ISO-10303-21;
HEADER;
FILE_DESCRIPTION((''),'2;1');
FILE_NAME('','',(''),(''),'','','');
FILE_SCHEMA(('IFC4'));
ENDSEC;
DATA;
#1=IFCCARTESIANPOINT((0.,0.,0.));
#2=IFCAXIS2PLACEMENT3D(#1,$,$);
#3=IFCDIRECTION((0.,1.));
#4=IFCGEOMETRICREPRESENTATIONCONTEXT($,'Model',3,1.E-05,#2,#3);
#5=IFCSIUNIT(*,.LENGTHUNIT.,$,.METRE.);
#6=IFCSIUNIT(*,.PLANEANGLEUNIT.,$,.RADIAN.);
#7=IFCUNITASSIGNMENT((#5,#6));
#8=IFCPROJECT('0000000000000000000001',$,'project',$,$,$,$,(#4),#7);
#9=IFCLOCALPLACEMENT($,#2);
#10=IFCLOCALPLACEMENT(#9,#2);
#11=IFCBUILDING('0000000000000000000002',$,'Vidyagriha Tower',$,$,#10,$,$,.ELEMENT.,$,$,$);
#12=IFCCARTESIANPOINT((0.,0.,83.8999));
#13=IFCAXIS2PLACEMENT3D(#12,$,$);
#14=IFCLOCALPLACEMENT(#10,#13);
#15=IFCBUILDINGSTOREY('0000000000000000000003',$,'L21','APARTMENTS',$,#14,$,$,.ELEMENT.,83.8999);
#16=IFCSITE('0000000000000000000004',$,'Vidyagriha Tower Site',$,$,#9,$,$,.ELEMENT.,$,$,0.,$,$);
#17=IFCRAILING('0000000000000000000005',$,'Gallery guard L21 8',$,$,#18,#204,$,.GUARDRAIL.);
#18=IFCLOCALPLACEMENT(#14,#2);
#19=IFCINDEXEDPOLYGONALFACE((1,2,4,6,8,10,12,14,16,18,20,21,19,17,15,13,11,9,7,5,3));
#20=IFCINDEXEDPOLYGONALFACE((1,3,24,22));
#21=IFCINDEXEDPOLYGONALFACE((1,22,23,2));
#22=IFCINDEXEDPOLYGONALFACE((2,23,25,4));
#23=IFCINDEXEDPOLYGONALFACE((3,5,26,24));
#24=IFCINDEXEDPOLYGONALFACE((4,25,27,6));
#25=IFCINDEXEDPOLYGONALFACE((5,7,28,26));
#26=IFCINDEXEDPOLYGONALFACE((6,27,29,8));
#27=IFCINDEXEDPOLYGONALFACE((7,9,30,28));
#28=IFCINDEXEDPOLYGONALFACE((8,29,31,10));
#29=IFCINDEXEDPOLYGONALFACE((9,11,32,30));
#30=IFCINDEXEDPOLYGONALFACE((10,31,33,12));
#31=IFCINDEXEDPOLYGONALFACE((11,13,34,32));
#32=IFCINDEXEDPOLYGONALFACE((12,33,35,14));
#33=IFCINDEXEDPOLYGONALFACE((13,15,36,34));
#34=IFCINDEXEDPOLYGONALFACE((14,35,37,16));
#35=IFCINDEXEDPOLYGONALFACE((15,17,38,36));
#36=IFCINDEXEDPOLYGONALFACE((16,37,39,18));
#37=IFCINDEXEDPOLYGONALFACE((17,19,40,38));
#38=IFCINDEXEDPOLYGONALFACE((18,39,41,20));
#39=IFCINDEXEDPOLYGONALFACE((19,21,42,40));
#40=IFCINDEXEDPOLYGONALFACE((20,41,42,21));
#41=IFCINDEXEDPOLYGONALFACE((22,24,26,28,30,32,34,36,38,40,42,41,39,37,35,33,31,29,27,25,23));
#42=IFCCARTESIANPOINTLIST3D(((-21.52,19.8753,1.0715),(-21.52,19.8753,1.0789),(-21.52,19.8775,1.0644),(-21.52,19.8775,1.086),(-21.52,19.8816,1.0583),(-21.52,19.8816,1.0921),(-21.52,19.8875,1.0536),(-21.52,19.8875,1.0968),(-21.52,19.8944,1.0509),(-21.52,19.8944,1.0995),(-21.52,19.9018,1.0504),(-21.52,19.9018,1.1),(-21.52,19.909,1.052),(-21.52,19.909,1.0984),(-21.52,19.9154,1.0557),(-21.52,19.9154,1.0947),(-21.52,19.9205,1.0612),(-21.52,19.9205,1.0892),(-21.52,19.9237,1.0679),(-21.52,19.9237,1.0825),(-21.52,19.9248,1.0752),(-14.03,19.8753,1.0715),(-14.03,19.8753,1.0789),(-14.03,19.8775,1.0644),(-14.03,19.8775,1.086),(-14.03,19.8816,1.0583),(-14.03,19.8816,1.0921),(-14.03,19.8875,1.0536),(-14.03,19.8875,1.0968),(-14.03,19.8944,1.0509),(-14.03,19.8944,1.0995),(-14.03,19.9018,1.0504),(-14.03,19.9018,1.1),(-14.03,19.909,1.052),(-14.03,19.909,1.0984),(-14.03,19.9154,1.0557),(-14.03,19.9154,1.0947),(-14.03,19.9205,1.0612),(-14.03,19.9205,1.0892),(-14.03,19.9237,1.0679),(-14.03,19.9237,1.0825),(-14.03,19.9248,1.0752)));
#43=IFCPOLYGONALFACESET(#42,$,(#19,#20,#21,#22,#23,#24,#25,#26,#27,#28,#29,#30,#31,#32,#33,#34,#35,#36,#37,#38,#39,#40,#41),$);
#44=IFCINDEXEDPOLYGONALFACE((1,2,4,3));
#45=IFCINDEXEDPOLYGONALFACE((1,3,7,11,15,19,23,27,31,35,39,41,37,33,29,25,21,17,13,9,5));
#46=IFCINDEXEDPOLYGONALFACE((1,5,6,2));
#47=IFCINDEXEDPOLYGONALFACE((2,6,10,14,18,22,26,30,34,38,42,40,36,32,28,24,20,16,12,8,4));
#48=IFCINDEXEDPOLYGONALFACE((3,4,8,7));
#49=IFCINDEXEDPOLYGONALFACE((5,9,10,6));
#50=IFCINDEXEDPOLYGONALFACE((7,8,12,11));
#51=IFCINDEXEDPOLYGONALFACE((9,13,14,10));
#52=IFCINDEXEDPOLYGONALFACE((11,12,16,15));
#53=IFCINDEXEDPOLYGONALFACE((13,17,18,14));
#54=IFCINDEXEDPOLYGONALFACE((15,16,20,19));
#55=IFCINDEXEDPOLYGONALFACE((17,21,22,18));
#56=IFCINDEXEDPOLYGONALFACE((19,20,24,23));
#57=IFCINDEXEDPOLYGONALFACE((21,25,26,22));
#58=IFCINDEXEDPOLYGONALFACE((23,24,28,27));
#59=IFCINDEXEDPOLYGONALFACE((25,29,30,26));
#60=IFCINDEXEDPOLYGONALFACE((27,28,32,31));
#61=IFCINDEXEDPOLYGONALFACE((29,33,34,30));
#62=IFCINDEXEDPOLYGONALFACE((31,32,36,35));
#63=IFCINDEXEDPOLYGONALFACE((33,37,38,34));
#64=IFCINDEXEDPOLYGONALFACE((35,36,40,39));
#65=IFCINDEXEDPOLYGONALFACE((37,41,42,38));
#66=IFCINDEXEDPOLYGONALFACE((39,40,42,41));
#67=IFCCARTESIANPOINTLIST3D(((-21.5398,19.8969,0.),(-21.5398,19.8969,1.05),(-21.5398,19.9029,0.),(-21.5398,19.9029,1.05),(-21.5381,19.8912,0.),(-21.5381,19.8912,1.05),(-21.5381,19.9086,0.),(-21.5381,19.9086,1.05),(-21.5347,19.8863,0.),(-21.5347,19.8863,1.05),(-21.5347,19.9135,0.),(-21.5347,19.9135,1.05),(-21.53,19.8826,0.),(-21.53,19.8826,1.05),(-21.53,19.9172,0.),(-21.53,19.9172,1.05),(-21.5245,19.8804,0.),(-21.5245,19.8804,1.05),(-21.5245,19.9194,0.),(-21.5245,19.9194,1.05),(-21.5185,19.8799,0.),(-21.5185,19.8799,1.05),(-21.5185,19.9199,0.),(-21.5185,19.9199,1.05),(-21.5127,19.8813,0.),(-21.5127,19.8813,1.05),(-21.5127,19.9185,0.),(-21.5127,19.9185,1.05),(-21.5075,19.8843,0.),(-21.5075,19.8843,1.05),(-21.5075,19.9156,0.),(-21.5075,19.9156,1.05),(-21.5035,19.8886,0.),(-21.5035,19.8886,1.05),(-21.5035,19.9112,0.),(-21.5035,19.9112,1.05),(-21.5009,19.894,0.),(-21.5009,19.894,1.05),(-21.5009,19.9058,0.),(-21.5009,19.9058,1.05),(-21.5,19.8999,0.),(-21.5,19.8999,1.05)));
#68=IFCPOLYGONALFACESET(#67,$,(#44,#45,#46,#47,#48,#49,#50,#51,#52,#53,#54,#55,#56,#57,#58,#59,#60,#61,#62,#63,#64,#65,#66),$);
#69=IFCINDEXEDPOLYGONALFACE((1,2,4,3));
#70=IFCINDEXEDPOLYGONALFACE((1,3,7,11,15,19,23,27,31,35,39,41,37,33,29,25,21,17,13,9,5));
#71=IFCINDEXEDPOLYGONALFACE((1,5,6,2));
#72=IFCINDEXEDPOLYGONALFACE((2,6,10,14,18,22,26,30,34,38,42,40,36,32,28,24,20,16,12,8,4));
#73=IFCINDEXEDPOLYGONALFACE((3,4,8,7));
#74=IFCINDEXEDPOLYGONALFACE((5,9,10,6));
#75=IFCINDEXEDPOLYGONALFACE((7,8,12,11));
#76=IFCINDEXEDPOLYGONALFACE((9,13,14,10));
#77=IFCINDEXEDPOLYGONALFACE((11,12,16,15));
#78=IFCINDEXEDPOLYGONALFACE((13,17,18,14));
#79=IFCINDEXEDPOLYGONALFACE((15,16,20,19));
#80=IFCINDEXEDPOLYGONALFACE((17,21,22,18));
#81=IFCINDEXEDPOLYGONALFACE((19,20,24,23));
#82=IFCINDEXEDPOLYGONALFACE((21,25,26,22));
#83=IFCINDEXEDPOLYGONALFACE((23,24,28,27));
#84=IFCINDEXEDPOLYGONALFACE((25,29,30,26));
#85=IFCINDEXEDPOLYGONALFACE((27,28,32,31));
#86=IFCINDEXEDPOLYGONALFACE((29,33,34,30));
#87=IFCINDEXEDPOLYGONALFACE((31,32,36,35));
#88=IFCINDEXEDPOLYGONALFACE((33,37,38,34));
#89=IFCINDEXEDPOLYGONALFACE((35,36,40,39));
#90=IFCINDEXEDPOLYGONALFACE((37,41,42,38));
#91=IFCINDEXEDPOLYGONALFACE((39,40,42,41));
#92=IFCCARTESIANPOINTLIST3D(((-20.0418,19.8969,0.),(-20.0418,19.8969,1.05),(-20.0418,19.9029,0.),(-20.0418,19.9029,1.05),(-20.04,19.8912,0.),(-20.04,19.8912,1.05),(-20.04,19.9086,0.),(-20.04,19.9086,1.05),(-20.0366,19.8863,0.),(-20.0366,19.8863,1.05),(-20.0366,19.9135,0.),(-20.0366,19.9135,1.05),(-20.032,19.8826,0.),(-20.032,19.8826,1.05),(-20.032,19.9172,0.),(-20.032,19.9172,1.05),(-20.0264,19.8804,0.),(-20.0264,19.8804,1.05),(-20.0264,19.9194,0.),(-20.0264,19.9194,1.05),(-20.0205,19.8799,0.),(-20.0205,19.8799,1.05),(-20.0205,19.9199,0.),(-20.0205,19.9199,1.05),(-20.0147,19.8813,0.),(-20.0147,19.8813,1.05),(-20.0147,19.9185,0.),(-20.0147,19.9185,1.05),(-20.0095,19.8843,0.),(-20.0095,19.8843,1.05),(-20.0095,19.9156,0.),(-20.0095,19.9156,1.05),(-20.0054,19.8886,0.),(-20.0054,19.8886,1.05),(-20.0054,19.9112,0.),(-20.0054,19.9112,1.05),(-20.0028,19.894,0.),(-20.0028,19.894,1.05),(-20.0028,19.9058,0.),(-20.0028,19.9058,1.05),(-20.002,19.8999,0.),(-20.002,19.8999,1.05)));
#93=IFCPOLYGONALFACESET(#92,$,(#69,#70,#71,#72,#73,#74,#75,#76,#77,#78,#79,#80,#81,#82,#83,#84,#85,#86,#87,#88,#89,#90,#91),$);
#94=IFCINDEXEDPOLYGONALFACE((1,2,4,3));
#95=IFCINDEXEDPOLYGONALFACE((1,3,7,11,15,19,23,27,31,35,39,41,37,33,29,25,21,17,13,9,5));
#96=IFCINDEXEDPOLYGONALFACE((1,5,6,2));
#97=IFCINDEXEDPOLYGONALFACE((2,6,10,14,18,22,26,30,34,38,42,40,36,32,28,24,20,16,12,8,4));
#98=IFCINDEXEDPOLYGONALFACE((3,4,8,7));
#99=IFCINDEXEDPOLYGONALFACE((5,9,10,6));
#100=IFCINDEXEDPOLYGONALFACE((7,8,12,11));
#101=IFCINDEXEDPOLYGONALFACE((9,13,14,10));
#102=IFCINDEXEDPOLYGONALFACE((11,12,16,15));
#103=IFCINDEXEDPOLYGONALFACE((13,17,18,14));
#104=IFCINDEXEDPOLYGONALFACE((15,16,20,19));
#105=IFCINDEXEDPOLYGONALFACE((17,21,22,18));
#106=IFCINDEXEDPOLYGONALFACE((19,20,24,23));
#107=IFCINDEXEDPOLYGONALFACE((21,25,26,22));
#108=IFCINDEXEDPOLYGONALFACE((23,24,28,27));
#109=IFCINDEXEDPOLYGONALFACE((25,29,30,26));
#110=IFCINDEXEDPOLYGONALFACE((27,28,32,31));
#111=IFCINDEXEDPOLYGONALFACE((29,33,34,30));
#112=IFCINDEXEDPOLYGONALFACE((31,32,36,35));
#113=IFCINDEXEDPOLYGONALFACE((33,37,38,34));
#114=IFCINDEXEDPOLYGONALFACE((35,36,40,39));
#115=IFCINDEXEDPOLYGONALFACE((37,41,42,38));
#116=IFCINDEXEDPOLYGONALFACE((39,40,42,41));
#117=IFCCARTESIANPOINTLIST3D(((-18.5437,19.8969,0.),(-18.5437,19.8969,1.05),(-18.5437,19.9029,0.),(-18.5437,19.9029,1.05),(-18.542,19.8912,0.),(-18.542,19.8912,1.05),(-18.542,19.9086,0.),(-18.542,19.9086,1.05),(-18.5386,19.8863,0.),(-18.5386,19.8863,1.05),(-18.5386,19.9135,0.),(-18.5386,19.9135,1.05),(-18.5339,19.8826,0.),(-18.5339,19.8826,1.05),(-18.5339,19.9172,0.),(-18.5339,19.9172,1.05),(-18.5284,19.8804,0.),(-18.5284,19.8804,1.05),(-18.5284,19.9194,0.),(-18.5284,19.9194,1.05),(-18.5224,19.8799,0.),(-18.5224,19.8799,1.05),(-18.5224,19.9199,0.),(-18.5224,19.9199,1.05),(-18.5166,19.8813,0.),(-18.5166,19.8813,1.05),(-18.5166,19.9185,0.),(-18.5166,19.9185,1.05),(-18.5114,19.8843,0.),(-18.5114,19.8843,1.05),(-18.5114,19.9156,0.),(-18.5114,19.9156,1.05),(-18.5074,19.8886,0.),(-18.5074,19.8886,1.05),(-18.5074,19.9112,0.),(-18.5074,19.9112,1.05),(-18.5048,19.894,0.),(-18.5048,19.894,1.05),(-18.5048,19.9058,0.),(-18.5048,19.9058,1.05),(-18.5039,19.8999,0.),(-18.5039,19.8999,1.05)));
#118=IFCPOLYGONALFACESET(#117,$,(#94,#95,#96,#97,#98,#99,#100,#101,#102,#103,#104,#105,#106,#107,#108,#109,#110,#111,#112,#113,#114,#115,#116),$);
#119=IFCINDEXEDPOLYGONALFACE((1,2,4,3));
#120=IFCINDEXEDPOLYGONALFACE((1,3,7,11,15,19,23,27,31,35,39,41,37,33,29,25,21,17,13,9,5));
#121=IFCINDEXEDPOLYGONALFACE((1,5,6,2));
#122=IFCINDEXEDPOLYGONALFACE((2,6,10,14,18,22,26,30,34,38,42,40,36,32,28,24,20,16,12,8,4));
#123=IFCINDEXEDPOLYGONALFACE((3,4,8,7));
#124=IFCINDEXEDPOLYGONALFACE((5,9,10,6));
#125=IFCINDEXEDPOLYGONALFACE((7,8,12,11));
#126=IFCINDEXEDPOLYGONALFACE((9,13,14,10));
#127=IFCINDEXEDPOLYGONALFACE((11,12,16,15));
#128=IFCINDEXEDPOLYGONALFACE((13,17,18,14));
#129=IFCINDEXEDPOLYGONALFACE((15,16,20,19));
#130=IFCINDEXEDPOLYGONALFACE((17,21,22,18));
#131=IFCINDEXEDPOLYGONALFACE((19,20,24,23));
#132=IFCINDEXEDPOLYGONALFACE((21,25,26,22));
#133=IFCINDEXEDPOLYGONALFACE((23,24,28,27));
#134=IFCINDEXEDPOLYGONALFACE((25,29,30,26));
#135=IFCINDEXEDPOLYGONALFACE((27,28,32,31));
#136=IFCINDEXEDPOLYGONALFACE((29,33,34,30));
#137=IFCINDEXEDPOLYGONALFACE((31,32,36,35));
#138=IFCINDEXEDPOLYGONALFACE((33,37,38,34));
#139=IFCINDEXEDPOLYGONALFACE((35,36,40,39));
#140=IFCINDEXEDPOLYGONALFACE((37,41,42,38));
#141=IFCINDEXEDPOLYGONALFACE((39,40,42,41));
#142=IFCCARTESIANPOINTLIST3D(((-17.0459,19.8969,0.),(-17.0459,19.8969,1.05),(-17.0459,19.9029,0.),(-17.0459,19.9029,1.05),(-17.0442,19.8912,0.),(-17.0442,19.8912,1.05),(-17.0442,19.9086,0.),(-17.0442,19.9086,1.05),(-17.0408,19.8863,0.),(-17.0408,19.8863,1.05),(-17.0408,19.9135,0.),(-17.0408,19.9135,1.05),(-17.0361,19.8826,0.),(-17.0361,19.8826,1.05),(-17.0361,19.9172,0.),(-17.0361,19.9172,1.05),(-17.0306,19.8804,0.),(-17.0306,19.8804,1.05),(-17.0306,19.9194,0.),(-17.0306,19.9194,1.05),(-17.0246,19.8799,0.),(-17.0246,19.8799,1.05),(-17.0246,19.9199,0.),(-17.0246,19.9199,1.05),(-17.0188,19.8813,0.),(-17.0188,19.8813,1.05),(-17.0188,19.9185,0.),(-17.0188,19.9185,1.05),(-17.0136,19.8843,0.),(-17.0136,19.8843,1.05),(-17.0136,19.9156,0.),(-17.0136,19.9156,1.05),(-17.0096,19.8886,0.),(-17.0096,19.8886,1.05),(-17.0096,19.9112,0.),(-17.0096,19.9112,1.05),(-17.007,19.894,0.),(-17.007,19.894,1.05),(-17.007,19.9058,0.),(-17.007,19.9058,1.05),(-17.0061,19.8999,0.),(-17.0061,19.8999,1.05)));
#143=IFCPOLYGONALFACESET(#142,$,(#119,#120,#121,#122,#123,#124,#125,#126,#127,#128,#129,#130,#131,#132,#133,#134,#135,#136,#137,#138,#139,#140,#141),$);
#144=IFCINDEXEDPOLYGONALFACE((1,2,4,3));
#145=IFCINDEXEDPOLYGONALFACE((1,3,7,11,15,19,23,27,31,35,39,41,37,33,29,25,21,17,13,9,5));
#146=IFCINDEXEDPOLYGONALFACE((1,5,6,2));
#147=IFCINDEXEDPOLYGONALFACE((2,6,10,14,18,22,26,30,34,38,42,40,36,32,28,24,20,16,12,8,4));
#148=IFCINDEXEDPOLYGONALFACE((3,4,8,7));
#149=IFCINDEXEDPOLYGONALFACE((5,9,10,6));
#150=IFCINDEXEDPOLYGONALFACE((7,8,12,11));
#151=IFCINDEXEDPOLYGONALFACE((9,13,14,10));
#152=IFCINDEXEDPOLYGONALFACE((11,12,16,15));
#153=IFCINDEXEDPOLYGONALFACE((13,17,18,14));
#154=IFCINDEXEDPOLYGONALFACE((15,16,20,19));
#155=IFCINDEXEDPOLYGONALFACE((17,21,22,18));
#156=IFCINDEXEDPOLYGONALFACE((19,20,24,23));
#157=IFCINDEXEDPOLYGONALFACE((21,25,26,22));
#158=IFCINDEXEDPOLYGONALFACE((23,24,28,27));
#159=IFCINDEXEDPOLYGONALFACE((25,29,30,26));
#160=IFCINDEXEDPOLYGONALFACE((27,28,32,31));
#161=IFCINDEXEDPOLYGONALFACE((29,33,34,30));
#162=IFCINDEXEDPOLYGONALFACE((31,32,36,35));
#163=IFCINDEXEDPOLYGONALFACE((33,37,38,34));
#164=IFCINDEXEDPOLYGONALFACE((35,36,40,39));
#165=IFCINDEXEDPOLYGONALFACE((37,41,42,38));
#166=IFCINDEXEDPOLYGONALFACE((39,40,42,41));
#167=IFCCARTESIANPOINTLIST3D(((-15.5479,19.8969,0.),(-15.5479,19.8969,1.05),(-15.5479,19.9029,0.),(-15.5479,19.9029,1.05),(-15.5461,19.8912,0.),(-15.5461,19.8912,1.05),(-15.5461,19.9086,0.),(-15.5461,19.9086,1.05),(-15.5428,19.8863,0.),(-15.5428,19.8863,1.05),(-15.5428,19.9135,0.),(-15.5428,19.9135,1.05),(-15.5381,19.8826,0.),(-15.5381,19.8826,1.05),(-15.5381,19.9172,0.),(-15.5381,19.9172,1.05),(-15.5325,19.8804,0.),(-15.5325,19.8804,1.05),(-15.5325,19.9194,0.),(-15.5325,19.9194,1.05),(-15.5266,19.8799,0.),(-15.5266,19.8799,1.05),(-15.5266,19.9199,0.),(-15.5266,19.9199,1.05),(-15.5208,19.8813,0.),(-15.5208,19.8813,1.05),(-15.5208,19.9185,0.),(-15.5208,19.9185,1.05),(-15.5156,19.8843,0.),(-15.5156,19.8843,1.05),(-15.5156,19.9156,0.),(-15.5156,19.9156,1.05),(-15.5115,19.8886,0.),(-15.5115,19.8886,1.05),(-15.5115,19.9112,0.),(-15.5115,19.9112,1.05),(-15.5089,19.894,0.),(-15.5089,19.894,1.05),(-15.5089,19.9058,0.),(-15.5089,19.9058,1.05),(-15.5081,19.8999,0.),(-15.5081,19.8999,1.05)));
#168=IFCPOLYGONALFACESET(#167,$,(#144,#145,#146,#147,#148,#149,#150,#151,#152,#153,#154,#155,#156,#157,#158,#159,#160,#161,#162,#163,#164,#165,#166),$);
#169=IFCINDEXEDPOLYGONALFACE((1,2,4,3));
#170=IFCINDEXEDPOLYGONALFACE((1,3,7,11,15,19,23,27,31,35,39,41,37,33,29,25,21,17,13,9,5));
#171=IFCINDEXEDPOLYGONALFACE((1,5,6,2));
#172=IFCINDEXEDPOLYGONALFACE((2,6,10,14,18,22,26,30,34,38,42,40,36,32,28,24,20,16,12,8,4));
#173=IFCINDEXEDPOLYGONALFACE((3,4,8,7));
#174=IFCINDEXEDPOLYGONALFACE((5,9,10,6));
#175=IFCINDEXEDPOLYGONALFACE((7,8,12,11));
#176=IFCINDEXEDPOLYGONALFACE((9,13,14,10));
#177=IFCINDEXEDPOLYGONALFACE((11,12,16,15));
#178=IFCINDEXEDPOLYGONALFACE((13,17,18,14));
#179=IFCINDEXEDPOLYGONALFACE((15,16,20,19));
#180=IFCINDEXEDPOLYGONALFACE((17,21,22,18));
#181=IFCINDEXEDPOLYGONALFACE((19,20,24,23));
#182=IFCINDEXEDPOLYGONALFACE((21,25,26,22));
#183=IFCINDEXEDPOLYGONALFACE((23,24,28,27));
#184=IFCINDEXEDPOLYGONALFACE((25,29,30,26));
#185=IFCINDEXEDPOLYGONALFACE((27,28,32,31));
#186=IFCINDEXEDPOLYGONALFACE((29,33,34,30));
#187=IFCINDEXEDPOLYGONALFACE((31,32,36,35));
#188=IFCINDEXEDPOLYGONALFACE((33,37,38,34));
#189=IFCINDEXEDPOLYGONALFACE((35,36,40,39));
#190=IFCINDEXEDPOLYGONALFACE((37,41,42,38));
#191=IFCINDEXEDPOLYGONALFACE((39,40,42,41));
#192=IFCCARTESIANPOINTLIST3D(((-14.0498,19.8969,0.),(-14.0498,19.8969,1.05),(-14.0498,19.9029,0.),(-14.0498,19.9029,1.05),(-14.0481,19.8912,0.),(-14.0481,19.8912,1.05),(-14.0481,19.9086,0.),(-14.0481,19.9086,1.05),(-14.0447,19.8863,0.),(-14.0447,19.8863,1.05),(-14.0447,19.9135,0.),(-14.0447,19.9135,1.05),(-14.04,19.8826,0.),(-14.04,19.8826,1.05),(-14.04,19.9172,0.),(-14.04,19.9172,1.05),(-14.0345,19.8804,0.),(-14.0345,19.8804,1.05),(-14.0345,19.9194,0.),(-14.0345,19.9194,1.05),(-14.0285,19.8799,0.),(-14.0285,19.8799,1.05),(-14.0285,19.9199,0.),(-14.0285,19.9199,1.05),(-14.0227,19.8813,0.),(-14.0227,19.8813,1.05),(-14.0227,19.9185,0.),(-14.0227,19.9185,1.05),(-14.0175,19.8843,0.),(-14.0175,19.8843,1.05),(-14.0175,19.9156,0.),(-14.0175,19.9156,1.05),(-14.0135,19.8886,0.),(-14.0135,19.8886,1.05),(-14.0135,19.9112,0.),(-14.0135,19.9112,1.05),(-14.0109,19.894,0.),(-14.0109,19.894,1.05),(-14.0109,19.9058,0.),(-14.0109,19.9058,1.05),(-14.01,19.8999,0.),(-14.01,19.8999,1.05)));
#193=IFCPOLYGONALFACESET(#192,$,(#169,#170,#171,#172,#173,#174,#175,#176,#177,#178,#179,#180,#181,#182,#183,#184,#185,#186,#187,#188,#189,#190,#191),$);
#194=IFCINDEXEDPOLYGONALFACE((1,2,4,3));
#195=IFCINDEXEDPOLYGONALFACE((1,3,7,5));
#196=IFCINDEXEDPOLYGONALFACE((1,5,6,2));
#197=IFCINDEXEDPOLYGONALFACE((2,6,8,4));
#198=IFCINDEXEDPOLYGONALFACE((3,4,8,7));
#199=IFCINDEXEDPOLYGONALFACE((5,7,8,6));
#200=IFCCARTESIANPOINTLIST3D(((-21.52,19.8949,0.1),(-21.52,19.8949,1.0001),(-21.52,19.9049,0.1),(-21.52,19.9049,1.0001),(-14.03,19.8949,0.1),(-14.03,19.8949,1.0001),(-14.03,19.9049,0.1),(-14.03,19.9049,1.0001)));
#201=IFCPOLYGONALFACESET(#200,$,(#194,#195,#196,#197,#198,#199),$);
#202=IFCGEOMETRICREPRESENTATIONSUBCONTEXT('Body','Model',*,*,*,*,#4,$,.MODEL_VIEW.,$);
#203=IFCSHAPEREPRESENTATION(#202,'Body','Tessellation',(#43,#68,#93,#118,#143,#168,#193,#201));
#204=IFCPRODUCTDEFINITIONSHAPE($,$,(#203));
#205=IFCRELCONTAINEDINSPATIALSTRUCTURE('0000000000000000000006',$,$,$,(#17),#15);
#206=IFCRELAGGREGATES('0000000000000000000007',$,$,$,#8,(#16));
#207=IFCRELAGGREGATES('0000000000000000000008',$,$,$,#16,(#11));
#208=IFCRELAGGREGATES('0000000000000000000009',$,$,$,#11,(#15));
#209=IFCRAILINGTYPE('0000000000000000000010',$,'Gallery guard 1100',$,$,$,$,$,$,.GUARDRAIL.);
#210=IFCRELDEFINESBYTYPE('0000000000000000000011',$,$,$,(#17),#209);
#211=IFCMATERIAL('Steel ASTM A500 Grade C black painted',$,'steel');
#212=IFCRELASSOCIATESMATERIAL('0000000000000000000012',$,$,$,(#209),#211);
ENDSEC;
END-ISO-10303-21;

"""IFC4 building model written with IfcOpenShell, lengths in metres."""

from ifc_helpers import new_model, si_unit, direction, frame, origin, origin_2d, place, context, subcontext, project, spatial, rectangle, circle, extrude, material, type_object, element, save


model = new_model("IFC4")

# Units and contexts
model_context = context("Model", 3, precision=1e-05, world=origin(), true_north=direction((0.0, 1.0)))
body_context = subcontext(model_context, "Body", "Model", "MODEL_VIEW")
ifc_project = project(units=[si_unit("LENGTHUNIT", "METRE"), si_unit("PLANEANGLEUNIT", "RADIAN")], contexts=[model_context])

# Site, building, storey
site_placement = place(None, origin())
site = spatial("IfcSite", under=ifc_project, at=site_placement, Name="Vidyagriha Tower Site", CompositionType="ELEMENT", RefElevation=0.0)
building_placement = place(site_placement, origin())
building = spatial("IfcBuilding", under=site, at=building_placement, Name="Vidyagriha Tower", CompositionType="ELEMENT")
storey_placement = place(building_placement, frame((0.0, 0.0, 83.8999)))
storey = spatial("IfcBuildingStorey", under=building, at=storey_placement, Name="L21", Description="APARTMENTS", CompositionType="ELEMENT", Elevation=83.8999)

# Railing
ifc_material_1 = material(Name="Steel ASTM A500 Grade C black painted", Category="steel")
railing_type = type_object("IfcRailingType", Name="Gallery guard 1100", PredefinedType="GUARDRAIL", material=ifc_material_1)
railing_1_placement = place(storey_placement, frame((-21.52, 19.8999, 0.0)))
element("IfcRailing", 1, at=railing_1_placement, inside=storey, type_object=railing_type, Name="Gallery guard L21 8", PredefinedType="GUARDRAIL", context=body_context, shape_type="SweptSolid", body=[
    extrude(circle(Radius=0.0249, at=origin_2d()), frame((0.0, 0.0, 1.0752), z_axis=(1.0, 0.0, 0.0), x_axis=(0.0, 1.0, 0.0)), (0.0, 0.0, 1.0), 7.49),
    extrude(circle(Radius=0.02, at=origin_2d()), origin(), (0.0, 0.0, 1.0), 1.05),
    extrude(circle(Radius=0.02, at=origin_2d()), frame((1.498, 0.0, 0.0)), (0.0, 0.0, 1.0), 1.05),
    extrude(circle(Radius=0.02, at=origin_2d()), frame((2.9961, 0.0, 0.0)), (0.0, 0.0, 1.0), 1.05),
    extrude(circle(Radius=0.02, at=origin_2d()), frame((4.4939, 0.0, 0.0)), (0.0, 0.0, 1.0), 1.05),
    extrude(circle(Radius=0.02, at=origin_2d()), frame((5.9919, 0.0, 0.0)), (0.0, 0.0, 1.0), 1.05),
    extrude(circle(Radius=0.02, at=origin_2d()), frame((7.49, 0.0, 0.0)), (0.0, 0.0, 1.0), 1.05),
    extrude(rectangle(XDim=0.01, YDim=0.9001, at=origin_2d()), frame((0.0, 0.0, 0.55), z_axis=(1.0, 0.0, 0.0), x_axis=(0.0, 1.0, 0.0)), (0.0, 0.0, 1.0), 7.49),
])

save(model, "model.ifc")
